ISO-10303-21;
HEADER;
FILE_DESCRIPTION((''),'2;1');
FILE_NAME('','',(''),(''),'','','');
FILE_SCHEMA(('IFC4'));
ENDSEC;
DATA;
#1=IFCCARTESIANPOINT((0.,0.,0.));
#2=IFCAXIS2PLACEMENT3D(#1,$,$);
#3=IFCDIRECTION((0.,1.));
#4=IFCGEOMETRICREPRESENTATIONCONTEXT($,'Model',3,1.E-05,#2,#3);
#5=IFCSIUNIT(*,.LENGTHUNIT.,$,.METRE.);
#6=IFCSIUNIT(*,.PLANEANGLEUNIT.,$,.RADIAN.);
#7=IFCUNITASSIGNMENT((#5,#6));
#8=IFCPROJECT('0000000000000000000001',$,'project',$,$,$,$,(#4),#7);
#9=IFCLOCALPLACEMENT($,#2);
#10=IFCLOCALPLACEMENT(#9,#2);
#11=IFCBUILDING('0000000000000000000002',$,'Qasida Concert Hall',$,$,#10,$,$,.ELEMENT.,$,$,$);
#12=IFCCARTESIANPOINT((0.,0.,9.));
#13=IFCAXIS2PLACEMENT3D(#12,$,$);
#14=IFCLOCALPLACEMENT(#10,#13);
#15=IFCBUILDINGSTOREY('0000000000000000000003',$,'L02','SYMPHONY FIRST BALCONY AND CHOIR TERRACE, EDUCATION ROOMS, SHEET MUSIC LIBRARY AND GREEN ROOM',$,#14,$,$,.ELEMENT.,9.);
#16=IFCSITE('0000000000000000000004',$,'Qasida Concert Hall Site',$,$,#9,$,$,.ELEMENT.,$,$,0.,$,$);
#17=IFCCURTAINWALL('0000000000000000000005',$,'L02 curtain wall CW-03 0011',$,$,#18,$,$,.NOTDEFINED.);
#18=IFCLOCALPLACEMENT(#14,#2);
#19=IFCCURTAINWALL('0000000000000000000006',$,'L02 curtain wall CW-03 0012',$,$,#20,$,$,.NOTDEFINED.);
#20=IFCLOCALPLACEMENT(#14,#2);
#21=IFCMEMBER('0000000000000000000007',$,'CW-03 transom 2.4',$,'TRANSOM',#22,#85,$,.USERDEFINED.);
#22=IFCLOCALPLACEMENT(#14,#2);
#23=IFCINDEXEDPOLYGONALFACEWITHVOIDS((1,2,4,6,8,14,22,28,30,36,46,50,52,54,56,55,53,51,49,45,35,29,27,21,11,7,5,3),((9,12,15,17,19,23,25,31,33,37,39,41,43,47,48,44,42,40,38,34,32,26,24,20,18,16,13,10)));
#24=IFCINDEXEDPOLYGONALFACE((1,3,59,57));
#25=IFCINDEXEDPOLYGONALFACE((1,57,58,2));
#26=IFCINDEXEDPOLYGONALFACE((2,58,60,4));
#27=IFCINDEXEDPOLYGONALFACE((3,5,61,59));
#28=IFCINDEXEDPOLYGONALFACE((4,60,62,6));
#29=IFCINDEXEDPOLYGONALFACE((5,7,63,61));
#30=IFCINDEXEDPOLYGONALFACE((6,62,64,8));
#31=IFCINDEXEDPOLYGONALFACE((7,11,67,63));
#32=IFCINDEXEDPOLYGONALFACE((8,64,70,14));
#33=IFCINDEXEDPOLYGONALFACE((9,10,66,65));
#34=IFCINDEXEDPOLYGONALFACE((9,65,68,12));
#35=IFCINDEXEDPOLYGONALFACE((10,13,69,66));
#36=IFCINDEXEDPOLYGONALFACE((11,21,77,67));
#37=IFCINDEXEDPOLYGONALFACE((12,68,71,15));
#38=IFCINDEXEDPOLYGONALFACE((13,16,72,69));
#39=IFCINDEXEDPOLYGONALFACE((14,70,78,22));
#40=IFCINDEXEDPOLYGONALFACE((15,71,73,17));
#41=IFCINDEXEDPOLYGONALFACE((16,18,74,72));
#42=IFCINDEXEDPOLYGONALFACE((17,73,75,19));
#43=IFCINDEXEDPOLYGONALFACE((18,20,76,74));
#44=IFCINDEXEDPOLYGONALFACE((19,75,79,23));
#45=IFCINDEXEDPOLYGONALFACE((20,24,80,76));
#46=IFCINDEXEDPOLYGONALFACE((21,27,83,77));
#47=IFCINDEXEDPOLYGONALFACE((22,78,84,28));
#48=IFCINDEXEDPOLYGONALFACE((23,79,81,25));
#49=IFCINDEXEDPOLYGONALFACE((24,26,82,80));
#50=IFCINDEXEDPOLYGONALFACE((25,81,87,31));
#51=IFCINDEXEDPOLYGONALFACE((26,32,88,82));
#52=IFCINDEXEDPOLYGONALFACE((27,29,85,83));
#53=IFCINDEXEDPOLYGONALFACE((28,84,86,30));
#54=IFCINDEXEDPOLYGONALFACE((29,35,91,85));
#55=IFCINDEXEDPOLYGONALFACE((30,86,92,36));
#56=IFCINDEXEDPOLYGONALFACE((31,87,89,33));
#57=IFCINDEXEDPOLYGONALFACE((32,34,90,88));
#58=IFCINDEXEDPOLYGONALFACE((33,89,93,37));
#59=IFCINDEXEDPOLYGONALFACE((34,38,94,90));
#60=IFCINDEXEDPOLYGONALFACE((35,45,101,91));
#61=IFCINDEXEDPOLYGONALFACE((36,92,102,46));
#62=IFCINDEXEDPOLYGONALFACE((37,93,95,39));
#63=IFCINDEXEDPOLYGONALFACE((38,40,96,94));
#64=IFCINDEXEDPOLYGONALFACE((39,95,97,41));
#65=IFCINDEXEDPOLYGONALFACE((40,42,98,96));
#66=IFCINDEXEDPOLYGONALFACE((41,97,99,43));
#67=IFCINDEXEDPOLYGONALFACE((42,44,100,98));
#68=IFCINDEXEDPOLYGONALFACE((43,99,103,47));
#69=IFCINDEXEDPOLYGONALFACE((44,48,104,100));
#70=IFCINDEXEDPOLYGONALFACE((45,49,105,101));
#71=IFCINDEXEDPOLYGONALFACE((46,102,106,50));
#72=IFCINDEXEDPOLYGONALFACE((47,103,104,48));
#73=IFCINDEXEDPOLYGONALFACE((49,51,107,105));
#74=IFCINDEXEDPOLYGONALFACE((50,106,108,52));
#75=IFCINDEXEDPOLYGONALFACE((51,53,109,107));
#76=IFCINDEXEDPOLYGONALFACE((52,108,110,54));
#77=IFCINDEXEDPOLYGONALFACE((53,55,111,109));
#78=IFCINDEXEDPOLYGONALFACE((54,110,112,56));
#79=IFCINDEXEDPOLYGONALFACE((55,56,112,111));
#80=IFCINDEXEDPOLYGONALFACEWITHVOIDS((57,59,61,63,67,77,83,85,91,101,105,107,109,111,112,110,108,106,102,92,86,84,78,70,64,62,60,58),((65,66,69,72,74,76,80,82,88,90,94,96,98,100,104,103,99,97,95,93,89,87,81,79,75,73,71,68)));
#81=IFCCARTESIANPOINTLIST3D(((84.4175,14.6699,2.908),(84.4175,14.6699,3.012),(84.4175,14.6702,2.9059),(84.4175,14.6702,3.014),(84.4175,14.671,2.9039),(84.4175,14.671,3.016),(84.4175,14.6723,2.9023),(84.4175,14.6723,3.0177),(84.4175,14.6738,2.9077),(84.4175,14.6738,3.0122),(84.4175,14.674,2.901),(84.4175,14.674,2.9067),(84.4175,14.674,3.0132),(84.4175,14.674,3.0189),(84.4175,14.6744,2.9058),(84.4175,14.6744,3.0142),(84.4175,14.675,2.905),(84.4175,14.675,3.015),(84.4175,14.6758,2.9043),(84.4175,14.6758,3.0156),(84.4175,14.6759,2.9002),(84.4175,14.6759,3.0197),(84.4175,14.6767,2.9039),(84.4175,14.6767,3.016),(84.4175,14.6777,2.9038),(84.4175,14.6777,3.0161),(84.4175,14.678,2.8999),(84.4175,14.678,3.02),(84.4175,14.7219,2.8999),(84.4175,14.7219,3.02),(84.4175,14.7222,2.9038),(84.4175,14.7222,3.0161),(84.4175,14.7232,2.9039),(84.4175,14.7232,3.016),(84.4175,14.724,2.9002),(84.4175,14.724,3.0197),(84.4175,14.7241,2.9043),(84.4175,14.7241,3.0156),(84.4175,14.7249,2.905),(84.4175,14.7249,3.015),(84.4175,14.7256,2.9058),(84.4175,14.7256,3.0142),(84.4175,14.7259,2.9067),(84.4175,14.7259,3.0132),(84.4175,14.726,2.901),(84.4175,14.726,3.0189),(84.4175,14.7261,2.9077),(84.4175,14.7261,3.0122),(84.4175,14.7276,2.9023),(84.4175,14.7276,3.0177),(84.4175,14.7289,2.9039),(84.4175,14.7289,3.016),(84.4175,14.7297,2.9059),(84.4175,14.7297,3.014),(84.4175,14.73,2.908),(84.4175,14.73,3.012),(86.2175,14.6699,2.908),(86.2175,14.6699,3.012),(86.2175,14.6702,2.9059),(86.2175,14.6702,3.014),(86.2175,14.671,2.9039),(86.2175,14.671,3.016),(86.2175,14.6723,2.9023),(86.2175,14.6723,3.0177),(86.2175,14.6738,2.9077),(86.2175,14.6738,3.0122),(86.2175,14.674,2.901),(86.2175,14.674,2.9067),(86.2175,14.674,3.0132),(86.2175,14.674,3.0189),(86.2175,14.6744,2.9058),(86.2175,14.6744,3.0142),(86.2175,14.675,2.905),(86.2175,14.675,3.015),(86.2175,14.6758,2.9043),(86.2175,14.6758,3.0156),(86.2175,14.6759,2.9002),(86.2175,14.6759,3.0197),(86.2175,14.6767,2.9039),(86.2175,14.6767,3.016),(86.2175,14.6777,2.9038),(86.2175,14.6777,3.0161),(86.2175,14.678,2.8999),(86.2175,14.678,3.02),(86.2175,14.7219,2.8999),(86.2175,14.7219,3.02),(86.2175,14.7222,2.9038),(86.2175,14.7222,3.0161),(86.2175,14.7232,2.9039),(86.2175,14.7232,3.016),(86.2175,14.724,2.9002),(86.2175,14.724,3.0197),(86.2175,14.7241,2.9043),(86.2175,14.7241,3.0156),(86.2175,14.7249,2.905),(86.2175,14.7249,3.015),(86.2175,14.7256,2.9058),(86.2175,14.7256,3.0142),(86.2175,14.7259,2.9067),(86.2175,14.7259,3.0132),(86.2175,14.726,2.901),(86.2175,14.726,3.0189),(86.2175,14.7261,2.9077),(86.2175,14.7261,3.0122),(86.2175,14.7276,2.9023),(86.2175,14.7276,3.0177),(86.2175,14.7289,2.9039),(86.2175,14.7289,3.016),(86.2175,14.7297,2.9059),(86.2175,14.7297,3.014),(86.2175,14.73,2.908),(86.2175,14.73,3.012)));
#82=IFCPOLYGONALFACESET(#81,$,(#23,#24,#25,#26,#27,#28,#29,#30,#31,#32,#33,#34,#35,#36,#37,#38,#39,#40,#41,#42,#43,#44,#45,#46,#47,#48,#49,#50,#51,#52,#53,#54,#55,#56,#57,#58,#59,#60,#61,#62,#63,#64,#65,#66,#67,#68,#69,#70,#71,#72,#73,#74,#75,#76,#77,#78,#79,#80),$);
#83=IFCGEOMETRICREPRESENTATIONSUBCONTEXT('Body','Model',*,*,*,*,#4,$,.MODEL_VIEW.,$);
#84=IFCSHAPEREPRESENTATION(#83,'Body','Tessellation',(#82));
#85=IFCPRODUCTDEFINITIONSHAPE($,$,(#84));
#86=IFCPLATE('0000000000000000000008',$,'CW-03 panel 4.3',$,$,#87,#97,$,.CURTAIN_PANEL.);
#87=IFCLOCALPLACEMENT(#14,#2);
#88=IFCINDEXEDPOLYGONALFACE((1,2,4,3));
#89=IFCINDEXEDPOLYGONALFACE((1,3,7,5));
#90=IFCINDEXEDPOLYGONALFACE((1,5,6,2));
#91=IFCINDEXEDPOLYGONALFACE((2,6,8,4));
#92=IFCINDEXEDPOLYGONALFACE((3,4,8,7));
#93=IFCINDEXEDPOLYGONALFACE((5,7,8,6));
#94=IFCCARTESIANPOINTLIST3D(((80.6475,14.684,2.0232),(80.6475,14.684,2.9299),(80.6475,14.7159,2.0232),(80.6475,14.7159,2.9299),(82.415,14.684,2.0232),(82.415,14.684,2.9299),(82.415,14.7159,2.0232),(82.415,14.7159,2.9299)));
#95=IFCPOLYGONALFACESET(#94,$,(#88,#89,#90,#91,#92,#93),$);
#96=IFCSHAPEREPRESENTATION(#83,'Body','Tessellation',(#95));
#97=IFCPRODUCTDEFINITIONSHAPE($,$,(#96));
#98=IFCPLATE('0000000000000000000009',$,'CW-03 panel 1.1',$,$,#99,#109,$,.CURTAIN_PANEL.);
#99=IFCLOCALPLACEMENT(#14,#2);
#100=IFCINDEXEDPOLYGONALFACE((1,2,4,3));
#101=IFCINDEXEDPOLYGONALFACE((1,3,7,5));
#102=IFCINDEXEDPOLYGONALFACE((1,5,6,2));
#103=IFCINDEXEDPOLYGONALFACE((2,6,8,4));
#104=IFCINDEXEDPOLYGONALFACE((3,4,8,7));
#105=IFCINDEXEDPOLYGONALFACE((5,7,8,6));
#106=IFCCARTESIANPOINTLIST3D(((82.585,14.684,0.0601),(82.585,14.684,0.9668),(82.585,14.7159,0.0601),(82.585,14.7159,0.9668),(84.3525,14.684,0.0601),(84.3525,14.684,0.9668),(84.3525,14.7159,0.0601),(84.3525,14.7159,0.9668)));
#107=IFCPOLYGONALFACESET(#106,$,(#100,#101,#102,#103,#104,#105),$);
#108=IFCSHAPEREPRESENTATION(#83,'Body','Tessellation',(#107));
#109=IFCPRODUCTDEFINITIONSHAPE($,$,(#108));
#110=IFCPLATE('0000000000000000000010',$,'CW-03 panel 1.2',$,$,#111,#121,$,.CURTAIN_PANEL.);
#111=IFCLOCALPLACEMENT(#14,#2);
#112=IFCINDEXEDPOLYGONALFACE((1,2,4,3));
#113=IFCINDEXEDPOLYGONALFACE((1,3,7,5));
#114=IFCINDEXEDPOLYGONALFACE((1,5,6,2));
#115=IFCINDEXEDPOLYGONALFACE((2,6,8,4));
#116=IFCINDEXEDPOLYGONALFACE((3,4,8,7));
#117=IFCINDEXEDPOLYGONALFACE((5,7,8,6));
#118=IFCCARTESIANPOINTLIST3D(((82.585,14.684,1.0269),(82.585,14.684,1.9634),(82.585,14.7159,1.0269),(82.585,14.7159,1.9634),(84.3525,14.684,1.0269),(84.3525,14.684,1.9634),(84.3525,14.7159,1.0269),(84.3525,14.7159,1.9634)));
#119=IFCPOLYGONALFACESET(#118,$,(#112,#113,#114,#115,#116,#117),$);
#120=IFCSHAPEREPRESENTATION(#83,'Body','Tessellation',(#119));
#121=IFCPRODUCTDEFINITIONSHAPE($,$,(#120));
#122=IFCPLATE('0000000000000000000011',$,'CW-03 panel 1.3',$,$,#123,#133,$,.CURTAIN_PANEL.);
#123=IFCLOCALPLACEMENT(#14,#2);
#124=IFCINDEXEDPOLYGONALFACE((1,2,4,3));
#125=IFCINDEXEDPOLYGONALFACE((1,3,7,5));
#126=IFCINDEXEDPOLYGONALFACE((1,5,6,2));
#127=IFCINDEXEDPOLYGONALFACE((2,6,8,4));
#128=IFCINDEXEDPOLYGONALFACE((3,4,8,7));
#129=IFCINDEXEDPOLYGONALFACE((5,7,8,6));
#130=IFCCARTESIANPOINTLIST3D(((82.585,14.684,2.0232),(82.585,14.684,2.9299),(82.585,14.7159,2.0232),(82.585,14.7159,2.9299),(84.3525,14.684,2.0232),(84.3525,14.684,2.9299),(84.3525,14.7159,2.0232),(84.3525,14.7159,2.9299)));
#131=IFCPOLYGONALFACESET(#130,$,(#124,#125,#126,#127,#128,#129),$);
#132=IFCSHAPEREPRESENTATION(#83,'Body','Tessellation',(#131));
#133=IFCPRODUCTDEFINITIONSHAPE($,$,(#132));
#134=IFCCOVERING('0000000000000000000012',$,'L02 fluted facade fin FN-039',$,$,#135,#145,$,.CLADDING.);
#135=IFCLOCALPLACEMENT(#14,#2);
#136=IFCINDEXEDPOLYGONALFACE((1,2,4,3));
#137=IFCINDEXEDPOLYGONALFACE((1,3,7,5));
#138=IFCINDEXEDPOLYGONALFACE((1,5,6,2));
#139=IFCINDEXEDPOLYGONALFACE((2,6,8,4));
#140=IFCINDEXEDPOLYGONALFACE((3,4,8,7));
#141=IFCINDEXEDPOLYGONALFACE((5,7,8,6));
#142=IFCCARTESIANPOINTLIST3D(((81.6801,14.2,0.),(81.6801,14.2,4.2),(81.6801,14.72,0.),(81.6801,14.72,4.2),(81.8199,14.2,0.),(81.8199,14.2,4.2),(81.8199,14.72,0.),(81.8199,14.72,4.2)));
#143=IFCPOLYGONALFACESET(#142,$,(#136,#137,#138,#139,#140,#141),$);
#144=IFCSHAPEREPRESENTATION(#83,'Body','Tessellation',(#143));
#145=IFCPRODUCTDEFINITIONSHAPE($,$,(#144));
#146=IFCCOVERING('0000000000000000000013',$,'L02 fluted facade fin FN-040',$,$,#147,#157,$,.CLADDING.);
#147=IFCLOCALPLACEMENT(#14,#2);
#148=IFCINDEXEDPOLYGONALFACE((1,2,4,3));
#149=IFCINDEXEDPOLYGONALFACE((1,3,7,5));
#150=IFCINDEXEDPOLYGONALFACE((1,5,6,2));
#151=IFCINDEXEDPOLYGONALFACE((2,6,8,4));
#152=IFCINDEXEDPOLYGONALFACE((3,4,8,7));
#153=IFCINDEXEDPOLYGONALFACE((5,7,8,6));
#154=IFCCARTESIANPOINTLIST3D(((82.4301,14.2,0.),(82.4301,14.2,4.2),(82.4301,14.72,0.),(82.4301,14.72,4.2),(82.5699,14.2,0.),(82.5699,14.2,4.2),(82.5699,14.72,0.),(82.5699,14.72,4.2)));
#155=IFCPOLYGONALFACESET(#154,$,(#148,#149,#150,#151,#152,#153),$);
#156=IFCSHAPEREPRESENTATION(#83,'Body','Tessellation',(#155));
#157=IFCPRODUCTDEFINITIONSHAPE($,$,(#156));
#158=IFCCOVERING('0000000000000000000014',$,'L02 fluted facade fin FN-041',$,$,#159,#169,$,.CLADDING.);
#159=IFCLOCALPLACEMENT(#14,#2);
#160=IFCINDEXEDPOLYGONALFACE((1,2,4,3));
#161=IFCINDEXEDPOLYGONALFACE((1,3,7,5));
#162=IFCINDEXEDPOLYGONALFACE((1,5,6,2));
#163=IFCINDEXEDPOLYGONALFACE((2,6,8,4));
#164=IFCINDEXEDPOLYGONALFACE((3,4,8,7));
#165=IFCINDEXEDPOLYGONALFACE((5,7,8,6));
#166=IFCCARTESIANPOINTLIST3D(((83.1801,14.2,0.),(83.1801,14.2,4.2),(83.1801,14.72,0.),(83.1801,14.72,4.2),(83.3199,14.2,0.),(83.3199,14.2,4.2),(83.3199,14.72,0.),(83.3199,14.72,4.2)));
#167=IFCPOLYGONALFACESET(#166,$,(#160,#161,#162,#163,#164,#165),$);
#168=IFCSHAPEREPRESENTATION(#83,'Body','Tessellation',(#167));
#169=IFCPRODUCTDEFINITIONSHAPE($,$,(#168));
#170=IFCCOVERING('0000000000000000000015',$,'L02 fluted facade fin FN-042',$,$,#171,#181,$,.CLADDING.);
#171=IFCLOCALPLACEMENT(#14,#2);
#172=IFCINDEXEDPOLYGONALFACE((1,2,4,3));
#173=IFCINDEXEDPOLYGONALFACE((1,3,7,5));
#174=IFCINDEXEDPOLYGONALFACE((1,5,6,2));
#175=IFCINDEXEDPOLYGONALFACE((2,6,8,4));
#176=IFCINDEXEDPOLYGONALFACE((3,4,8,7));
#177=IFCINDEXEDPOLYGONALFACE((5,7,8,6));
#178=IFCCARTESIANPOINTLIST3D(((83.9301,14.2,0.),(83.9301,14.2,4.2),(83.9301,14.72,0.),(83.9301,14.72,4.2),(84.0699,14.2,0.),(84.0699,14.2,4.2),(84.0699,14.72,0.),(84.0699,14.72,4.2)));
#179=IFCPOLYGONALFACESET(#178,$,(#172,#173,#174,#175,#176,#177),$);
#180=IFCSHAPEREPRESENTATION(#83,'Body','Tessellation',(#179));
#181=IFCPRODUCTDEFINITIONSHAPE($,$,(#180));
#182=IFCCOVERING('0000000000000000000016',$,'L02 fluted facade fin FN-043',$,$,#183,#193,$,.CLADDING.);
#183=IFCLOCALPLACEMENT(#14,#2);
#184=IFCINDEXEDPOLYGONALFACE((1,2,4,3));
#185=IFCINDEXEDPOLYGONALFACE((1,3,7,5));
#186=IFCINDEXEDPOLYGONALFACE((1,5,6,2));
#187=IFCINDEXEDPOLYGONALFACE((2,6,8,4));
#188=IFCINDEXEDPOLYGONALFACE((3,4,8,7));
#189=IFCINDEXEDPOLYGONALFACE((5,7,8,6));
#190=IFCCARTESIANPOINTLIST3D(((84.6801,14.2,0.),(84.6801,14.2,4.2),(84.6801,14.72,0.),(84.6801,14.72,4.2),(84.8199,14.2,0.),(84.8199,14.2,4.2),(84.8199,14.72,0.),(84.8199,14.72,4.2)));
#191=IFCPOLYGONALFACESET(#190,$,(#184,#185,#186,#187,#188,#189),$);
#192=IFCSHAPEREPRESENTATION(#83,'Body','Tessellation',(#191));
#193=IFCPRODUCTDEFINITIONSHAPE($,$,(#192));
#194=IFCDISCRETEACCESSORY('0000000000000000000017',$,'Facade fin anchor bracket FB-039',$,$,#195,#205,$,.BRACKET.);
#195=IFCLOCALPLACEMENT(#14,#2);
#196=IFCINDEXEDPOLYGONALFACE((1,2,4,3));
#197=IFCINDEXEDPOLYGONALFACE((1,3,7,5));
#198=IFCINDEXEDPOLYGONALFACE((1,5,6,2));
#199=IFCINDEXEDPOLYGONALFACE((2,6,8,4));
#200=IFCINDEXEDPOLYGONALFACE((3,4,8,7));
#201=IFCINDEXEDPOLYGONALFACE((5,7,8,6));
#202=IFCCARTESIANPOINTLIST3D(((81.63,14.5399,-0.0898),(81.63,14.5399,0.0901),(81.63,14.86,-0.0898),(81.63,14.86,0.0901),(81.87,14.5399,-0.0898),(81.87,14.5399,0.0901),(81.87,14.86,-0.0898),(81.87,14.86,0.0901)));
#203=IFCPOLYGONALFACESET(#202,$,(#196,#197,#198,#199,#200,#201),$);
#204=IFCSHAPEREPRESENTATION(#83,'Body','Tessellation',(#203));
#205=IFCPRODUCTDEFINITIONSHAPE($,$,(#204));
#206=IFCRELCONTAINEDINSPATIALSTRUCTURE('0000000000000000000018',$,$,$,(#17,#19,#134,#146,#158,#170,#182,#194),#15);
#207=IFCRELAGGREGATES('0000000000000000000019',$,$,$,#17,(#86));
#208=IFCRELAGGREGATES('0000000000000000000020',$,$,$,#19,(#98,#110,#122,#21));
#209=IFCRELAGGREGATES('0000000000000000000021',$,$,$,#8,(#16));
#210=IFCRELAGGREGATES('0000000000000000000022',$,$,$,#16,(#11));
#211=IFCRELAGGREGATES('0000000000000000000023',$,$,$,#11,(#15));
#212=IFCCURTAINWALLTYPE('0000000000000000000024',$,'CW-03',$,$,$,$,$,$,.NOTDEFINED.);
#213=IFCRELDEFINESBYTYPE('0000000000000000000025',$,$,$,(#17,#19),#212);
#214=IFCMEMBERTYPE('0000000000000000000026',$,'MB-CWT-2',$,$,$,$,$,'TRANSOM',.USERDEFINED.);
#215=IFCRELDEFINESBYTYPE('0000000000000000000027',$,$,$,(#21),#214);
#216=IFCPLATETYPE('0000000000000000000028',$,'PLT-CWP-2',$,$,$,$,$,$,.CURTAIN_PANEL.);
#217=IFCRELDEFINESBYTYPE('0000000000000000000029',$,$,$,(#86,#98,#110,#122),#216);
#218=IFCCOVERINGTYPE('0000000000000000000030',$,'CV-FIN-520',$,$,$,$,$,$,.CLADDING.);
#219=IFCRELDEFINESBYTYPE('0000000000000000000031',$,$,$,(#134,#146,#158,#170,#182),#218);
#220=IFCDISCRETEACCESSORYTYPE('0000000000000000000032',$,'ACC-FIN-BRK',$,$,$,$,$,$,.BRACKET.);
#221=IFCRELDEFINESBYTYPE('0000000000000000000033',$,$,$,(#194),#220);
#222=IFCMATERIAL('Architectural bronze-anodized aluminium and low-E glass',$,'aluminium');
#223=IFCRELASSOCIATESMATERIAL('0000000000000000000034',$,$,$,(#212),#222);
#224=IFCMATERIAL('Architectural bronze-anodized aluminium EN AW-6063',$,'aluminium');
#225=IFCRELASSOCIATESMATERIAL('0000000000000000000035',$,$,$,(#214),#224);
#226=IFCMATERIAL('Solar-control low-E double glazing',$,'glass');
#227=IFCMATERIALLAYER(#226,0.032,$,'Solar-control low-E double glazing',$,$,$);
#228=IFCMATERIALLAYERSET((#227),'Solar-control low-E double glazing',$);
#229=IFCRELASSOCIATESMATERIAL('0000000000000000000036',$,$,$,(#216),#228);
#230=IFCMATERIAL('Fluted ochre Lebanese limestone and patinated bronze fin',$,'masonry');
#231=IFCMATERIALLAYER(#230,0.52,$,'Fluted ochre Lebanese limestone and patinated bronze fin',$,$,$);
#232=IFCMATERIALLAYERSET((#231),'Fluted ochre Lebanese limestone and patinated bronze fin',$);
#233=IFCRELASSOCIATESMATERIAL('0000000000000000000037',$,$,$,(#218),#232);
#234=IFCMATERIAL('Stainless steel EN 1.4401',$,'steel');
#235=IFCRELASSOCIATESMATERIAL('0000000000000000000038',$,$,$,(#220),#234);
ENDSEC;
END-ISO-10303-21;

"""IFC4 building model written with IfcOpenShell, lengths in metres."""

from ifc_helpers import new_model, si_unit, direction, frame, origin, origin_2d, place, context, subcontext, project, spatial, rectangle, hollow_rectangle, extrude, material, layer, layer_set, material_profile, profile_set, type_object, element, aggregate, save


model = new_model("IFC4")

# Units and contexts
model_context = context("Model", 3, precision=1e-05, world=origin(), true_north=direction((0.0, 1.0)))
body_context = subcontext(model_context, "Body", "Model", "MODEL_VIEW")
ifc_project = project(units=[si_unit("LENGTHUNIT", "METRE"), si_unit("PLANEANGLEUNIT", "RADIAN")], contexts=[model_context])

# Site, building, storey
site_placement = place(None, origin())
site = spatial("IfcSite", under=ifc_project, at=site_placement, Name="Qasida Concert Hall Site", CompositionType="ELEMENT", RefElevation=0.0)
building_placement = place(site_placement, origin())
building = spatial("IfcBuilding", under=site, at=building_placement, Name="Qasida Concert Hall", CompositionType="ELEMENT")
storey_placement = place(building_placement, frame((0.0, 0.0, 9.0)))
storey = spatial("IfcBuildingStorey", under=building, at=storey_placement, Name="L02", Description="SYMPHONY FIRST BALCONY AND CHOIR TERRACE, EDUCATION ROOMS, SHEET MUSIC LIBRARY AND GREEN ROOM", CompositionType="ELEMENT", Elevation=9.0)

# Curtain wall
ifc_material_1 = material(Name="Architectural bronze-anodized aluminium and low-E glass", Category="aluminium")
curtain_wall_type = type_object("IfcCurtainWallType", Name="CW-03", PredefinedType="NOTDEFINED", material=ifc_material_1)
curtain_wall_1_placement = place(storey_placement, origin())
curtain_wall_1 = element("IfcCurtainWall", 1, at=curtain_wall_1_placement, inside=storey, type_object=curtain_wall_type, Name="L02 curtain wall CW-03 0011", PredefinedType="NOTDEFINED")
ifc_material_2 = material(Name="Architectural bronze-anodized aluminium EN AW-6063", Category="aluminium")

# Curtain wall, member
curtain_wall_2_placement = place(storey_placement, origin())
curtain_wall_2 = element("IfcCurtainWall", 2, at=curtain_wall_2_placement, inside=storey, type_object=curtain_wall_type, Name="L02 curtain wall CW-03 0012", PredefinedType="NOTDEFINED")
ifc_material_profile_1 = material_profile(ifc_material_2, hollow_rectangle(XDim=0.0601, YDim=0.1201, WallThickness=0.0039, InnerFilletRadius=0.0039, OuterFilletRadius=0.0081, at=origin_2d()), Name="CWT 120x60x4")
ifc_profile_set_1 = profile_set([ifc_material_profile_1], Name="Architectural bronze-anodized aluminium EN AW-6063")
member_type_1 = type_object("IfcMemberType", Name="MB-CWT-2", ElementType="TRANSOM", PredefinedType="USERDEFINED", material=ifc_profile_set_1)
member_1_placement = place(storey_placement, frame((84.4175, 14.7, 2.96), z_axis=(1.0, 0.0, 0.0), x_axis=(0.0, 1.0, 0.0)))
member_1 = element("IfcMember", 3, at=member_1_placement, type_object=member_type_1, Name="CW-03 transom 2.4", ObjectType="TRANSOM", PredefinedType="USERDEFINED", context=body_context, shape_type="SweptSolid", body=[
    extrude(hollow_rectangle(XDim=0.0601, YDim=0.1201, WallThickness=0.0039, InnerFilletRadius=0.0039, OuterFilletRadius=0.0081, at=origin_2d()), origin(), (0.0, 0.0, 1.0), 1.8),
])

# Plates
ifc_material_3 = material(Name="Solar-control low-E double glazing", Category="glass")
ifc_layer_1 = layer(ifc_material_3, 0.032, Name="Solar-control low-E double glazing")
ifc_layer_set_1 = layer_set([ifc_layer_1], Name="Solar-control low-E double glazing")
plate_type = type_object("IfcPlateType", Name="PLT-CWP-2", PredefinedType="CURTAIN_PANEL", material=ifc_layer_set_1)
plate_1_placement = place(storey_placement, frame((81.5312, 14.7, 2.0232), z_axis=(0.0, 0.0, 1.0), x_axis=(1.0, 0.0, 0.0)))
plate_1 = element("IfcPlate", 4, at=plate_1_placement, type_object=plate_type, Name="CW-03 panel 4.3", PredefinedType="CURTAIN_PANEL", context=body_context, shape_type="SweptSolid", body=[
    extrude(rectangle(XDim=1.7676, YDim=0.032, at=origin_2d()), origin(), (0.0, 0.0, 1.0), 0.9067),
])
aggregate(curtain_wall_1, [plate_1])
plate_2_placement = place(storey_placement, frame((83.4688, 14.7, 0.0601), z_axis=(0.0, 0.0, 1.0), x_axis=(1.0, 0.0, 0.0)))
plate_2 = element("IfcPlate", 5, at=plate_2_placement, type_object=plate_type, Name="CW-03 panel 1.1", PredefinedType="CURTAIN_PANEL", context=body_context, shape_type="SweptSolid", body=[
    extrude(rectangle(XDim=1.7676, YDim=0.032, at=origin_2d()), origin(), (0.0, 0.0, 1.0), 0.9067),
])
plate_3_placement = place(storey_placement, frame((83.4688, 14.7, 1.0269), z_axis=(0.0, 0.0, 1.0), x_axis=(1.0, 0.0, 0.0)))
plate_3 = element("IfcPlate", 6, at=plate_3_placement, type_object=plate_type, Name="CW-03 panel 1.2", PredefinedType="CURTAIN_PANEL", context=body_context, shape_type="SweptSolid", body=[
    extrude(rectangle(XDim=1.7676, YDim=0.032, at=origin_2d()), origin(), (0.0, 0.0, 1.0), 0.9365),
])
plate_4_placement = place(storey_placement, frame((83.4688, 14.7, 2.0232), z_axis=(0.0, 0.0, 1.0), x_axis=(1.0, 0.0, 0.0)))
plate_4 = element("IfcPlate", 7, at=plate_4_placement, type_object=plate_type, Name="CW-03 panel 1.3", PredefinedType="CURTAIN_PANEL", context=body_context, shape_type="SweptSolid", body=[
    extrude(rectangle(XDim=1.7676, YDim=0.032, at=origin_2d()), origin(), (0.0, 0.0, 1.0), 0.9067),
])
aggregate(curtain_wall_2, [plate_2, plate_3, plate_4, member_1])

# Coverings
ifc_material_4 = material(Name="Fluted ochre Lebanese limestone and patinated bronze fin", Category="masonry")
ifc_layer_2 = layer(ifc_material_4, 0.52, Name="Fluted ochre Lebanese limestone and patinated bronze fin")
ifc_layer_set_2 = layer_set([ifc_layer_2], Name="Fluted ochre Lebanese limestone and patinated bronze fin")
covering_type = type_object("IfcCoveringType", Name="CV-FIN-520", PredefinedType="CLADDING", material=ifc_layer_set_2)
for number, where, z_axis, x_axis, name in (
    (8, (81.75, 14.46, 0.0), (0.0, 0.0, 1.0), (1.0, 0.0, 0.0), "L02 fluted facade fin FN-039"),
    (9, (82.5, 14.46, 0.0), (0.0, 0.0, 1.0), (1.0, 0.0, 0.0), "L02 fluted facade fin FN-040"),
    (10, (83.25, 14.46, 0.0), (0.0, 0.0, 1.0), (1.0, 0.0, 0.0), "L02 fluted facade fin FN-041"),
    (11, (84.0, 14.46, 0.0), (0.0, 0.0, 1.0), (1.0, 0.0, 0.0), "L02 fluted facade fin FN-042"),
    (12, (84.75, 14.46, 0.0), (0.0, 0.0, 1.0), (1.0, 0.0, 0.0), "L02 fluted facade fin FN-043"),
):
    element("IfcCovering", number, at=place(storey_placement, frame(where, z_axis=z_axis, x_axis=x_axis)), inside=storey, type_object=covering_type, Name=name, PredefinedType="CLADDING", context=body_context, shape_type="SweptSolid", body=[
        extrude(rectangle(XDim=0.1399, YDim=0.52, at=origin_2d()), origin(), (0.0, 0.0, 1.0), 4.2),
    ])

# Discrete accessory
ifc_material_5 = material(Name="Stainless steel EN 1.4401", Category="steel")
discrete_accessory_type = type_object("IfcDiscreteAccessoryType", Name="ACC-FIN-BRK", PredefinedType="BRACKET", material=ifc_material_5)
for number, where, z_axis, x_axis, name in (
    (13, (81.75, 14.7, -0.0898), (0.0, 0.0, 1.0), (1.0, 0.0, 0.0), "Facade fin anchor bracket FB-039"),
):
    element("IfcDiscreteAccessory", number, at=place(storey_placement, frame(where, z_axis=z_axis, x_axis=x_axis)), inside=storey, type_object=discrete_accessory_type, Name=name, PredefinedType="BRACKET", context=body_context, shape_type="SweptSolid", body=[
        extrude(rectangle(XDim=0.24, YDim=0.3201, at=origin_2d()), origin(), (0.0, 0.0, 1.0), 0.1799),
    ])

save(model, "model.ifc")
